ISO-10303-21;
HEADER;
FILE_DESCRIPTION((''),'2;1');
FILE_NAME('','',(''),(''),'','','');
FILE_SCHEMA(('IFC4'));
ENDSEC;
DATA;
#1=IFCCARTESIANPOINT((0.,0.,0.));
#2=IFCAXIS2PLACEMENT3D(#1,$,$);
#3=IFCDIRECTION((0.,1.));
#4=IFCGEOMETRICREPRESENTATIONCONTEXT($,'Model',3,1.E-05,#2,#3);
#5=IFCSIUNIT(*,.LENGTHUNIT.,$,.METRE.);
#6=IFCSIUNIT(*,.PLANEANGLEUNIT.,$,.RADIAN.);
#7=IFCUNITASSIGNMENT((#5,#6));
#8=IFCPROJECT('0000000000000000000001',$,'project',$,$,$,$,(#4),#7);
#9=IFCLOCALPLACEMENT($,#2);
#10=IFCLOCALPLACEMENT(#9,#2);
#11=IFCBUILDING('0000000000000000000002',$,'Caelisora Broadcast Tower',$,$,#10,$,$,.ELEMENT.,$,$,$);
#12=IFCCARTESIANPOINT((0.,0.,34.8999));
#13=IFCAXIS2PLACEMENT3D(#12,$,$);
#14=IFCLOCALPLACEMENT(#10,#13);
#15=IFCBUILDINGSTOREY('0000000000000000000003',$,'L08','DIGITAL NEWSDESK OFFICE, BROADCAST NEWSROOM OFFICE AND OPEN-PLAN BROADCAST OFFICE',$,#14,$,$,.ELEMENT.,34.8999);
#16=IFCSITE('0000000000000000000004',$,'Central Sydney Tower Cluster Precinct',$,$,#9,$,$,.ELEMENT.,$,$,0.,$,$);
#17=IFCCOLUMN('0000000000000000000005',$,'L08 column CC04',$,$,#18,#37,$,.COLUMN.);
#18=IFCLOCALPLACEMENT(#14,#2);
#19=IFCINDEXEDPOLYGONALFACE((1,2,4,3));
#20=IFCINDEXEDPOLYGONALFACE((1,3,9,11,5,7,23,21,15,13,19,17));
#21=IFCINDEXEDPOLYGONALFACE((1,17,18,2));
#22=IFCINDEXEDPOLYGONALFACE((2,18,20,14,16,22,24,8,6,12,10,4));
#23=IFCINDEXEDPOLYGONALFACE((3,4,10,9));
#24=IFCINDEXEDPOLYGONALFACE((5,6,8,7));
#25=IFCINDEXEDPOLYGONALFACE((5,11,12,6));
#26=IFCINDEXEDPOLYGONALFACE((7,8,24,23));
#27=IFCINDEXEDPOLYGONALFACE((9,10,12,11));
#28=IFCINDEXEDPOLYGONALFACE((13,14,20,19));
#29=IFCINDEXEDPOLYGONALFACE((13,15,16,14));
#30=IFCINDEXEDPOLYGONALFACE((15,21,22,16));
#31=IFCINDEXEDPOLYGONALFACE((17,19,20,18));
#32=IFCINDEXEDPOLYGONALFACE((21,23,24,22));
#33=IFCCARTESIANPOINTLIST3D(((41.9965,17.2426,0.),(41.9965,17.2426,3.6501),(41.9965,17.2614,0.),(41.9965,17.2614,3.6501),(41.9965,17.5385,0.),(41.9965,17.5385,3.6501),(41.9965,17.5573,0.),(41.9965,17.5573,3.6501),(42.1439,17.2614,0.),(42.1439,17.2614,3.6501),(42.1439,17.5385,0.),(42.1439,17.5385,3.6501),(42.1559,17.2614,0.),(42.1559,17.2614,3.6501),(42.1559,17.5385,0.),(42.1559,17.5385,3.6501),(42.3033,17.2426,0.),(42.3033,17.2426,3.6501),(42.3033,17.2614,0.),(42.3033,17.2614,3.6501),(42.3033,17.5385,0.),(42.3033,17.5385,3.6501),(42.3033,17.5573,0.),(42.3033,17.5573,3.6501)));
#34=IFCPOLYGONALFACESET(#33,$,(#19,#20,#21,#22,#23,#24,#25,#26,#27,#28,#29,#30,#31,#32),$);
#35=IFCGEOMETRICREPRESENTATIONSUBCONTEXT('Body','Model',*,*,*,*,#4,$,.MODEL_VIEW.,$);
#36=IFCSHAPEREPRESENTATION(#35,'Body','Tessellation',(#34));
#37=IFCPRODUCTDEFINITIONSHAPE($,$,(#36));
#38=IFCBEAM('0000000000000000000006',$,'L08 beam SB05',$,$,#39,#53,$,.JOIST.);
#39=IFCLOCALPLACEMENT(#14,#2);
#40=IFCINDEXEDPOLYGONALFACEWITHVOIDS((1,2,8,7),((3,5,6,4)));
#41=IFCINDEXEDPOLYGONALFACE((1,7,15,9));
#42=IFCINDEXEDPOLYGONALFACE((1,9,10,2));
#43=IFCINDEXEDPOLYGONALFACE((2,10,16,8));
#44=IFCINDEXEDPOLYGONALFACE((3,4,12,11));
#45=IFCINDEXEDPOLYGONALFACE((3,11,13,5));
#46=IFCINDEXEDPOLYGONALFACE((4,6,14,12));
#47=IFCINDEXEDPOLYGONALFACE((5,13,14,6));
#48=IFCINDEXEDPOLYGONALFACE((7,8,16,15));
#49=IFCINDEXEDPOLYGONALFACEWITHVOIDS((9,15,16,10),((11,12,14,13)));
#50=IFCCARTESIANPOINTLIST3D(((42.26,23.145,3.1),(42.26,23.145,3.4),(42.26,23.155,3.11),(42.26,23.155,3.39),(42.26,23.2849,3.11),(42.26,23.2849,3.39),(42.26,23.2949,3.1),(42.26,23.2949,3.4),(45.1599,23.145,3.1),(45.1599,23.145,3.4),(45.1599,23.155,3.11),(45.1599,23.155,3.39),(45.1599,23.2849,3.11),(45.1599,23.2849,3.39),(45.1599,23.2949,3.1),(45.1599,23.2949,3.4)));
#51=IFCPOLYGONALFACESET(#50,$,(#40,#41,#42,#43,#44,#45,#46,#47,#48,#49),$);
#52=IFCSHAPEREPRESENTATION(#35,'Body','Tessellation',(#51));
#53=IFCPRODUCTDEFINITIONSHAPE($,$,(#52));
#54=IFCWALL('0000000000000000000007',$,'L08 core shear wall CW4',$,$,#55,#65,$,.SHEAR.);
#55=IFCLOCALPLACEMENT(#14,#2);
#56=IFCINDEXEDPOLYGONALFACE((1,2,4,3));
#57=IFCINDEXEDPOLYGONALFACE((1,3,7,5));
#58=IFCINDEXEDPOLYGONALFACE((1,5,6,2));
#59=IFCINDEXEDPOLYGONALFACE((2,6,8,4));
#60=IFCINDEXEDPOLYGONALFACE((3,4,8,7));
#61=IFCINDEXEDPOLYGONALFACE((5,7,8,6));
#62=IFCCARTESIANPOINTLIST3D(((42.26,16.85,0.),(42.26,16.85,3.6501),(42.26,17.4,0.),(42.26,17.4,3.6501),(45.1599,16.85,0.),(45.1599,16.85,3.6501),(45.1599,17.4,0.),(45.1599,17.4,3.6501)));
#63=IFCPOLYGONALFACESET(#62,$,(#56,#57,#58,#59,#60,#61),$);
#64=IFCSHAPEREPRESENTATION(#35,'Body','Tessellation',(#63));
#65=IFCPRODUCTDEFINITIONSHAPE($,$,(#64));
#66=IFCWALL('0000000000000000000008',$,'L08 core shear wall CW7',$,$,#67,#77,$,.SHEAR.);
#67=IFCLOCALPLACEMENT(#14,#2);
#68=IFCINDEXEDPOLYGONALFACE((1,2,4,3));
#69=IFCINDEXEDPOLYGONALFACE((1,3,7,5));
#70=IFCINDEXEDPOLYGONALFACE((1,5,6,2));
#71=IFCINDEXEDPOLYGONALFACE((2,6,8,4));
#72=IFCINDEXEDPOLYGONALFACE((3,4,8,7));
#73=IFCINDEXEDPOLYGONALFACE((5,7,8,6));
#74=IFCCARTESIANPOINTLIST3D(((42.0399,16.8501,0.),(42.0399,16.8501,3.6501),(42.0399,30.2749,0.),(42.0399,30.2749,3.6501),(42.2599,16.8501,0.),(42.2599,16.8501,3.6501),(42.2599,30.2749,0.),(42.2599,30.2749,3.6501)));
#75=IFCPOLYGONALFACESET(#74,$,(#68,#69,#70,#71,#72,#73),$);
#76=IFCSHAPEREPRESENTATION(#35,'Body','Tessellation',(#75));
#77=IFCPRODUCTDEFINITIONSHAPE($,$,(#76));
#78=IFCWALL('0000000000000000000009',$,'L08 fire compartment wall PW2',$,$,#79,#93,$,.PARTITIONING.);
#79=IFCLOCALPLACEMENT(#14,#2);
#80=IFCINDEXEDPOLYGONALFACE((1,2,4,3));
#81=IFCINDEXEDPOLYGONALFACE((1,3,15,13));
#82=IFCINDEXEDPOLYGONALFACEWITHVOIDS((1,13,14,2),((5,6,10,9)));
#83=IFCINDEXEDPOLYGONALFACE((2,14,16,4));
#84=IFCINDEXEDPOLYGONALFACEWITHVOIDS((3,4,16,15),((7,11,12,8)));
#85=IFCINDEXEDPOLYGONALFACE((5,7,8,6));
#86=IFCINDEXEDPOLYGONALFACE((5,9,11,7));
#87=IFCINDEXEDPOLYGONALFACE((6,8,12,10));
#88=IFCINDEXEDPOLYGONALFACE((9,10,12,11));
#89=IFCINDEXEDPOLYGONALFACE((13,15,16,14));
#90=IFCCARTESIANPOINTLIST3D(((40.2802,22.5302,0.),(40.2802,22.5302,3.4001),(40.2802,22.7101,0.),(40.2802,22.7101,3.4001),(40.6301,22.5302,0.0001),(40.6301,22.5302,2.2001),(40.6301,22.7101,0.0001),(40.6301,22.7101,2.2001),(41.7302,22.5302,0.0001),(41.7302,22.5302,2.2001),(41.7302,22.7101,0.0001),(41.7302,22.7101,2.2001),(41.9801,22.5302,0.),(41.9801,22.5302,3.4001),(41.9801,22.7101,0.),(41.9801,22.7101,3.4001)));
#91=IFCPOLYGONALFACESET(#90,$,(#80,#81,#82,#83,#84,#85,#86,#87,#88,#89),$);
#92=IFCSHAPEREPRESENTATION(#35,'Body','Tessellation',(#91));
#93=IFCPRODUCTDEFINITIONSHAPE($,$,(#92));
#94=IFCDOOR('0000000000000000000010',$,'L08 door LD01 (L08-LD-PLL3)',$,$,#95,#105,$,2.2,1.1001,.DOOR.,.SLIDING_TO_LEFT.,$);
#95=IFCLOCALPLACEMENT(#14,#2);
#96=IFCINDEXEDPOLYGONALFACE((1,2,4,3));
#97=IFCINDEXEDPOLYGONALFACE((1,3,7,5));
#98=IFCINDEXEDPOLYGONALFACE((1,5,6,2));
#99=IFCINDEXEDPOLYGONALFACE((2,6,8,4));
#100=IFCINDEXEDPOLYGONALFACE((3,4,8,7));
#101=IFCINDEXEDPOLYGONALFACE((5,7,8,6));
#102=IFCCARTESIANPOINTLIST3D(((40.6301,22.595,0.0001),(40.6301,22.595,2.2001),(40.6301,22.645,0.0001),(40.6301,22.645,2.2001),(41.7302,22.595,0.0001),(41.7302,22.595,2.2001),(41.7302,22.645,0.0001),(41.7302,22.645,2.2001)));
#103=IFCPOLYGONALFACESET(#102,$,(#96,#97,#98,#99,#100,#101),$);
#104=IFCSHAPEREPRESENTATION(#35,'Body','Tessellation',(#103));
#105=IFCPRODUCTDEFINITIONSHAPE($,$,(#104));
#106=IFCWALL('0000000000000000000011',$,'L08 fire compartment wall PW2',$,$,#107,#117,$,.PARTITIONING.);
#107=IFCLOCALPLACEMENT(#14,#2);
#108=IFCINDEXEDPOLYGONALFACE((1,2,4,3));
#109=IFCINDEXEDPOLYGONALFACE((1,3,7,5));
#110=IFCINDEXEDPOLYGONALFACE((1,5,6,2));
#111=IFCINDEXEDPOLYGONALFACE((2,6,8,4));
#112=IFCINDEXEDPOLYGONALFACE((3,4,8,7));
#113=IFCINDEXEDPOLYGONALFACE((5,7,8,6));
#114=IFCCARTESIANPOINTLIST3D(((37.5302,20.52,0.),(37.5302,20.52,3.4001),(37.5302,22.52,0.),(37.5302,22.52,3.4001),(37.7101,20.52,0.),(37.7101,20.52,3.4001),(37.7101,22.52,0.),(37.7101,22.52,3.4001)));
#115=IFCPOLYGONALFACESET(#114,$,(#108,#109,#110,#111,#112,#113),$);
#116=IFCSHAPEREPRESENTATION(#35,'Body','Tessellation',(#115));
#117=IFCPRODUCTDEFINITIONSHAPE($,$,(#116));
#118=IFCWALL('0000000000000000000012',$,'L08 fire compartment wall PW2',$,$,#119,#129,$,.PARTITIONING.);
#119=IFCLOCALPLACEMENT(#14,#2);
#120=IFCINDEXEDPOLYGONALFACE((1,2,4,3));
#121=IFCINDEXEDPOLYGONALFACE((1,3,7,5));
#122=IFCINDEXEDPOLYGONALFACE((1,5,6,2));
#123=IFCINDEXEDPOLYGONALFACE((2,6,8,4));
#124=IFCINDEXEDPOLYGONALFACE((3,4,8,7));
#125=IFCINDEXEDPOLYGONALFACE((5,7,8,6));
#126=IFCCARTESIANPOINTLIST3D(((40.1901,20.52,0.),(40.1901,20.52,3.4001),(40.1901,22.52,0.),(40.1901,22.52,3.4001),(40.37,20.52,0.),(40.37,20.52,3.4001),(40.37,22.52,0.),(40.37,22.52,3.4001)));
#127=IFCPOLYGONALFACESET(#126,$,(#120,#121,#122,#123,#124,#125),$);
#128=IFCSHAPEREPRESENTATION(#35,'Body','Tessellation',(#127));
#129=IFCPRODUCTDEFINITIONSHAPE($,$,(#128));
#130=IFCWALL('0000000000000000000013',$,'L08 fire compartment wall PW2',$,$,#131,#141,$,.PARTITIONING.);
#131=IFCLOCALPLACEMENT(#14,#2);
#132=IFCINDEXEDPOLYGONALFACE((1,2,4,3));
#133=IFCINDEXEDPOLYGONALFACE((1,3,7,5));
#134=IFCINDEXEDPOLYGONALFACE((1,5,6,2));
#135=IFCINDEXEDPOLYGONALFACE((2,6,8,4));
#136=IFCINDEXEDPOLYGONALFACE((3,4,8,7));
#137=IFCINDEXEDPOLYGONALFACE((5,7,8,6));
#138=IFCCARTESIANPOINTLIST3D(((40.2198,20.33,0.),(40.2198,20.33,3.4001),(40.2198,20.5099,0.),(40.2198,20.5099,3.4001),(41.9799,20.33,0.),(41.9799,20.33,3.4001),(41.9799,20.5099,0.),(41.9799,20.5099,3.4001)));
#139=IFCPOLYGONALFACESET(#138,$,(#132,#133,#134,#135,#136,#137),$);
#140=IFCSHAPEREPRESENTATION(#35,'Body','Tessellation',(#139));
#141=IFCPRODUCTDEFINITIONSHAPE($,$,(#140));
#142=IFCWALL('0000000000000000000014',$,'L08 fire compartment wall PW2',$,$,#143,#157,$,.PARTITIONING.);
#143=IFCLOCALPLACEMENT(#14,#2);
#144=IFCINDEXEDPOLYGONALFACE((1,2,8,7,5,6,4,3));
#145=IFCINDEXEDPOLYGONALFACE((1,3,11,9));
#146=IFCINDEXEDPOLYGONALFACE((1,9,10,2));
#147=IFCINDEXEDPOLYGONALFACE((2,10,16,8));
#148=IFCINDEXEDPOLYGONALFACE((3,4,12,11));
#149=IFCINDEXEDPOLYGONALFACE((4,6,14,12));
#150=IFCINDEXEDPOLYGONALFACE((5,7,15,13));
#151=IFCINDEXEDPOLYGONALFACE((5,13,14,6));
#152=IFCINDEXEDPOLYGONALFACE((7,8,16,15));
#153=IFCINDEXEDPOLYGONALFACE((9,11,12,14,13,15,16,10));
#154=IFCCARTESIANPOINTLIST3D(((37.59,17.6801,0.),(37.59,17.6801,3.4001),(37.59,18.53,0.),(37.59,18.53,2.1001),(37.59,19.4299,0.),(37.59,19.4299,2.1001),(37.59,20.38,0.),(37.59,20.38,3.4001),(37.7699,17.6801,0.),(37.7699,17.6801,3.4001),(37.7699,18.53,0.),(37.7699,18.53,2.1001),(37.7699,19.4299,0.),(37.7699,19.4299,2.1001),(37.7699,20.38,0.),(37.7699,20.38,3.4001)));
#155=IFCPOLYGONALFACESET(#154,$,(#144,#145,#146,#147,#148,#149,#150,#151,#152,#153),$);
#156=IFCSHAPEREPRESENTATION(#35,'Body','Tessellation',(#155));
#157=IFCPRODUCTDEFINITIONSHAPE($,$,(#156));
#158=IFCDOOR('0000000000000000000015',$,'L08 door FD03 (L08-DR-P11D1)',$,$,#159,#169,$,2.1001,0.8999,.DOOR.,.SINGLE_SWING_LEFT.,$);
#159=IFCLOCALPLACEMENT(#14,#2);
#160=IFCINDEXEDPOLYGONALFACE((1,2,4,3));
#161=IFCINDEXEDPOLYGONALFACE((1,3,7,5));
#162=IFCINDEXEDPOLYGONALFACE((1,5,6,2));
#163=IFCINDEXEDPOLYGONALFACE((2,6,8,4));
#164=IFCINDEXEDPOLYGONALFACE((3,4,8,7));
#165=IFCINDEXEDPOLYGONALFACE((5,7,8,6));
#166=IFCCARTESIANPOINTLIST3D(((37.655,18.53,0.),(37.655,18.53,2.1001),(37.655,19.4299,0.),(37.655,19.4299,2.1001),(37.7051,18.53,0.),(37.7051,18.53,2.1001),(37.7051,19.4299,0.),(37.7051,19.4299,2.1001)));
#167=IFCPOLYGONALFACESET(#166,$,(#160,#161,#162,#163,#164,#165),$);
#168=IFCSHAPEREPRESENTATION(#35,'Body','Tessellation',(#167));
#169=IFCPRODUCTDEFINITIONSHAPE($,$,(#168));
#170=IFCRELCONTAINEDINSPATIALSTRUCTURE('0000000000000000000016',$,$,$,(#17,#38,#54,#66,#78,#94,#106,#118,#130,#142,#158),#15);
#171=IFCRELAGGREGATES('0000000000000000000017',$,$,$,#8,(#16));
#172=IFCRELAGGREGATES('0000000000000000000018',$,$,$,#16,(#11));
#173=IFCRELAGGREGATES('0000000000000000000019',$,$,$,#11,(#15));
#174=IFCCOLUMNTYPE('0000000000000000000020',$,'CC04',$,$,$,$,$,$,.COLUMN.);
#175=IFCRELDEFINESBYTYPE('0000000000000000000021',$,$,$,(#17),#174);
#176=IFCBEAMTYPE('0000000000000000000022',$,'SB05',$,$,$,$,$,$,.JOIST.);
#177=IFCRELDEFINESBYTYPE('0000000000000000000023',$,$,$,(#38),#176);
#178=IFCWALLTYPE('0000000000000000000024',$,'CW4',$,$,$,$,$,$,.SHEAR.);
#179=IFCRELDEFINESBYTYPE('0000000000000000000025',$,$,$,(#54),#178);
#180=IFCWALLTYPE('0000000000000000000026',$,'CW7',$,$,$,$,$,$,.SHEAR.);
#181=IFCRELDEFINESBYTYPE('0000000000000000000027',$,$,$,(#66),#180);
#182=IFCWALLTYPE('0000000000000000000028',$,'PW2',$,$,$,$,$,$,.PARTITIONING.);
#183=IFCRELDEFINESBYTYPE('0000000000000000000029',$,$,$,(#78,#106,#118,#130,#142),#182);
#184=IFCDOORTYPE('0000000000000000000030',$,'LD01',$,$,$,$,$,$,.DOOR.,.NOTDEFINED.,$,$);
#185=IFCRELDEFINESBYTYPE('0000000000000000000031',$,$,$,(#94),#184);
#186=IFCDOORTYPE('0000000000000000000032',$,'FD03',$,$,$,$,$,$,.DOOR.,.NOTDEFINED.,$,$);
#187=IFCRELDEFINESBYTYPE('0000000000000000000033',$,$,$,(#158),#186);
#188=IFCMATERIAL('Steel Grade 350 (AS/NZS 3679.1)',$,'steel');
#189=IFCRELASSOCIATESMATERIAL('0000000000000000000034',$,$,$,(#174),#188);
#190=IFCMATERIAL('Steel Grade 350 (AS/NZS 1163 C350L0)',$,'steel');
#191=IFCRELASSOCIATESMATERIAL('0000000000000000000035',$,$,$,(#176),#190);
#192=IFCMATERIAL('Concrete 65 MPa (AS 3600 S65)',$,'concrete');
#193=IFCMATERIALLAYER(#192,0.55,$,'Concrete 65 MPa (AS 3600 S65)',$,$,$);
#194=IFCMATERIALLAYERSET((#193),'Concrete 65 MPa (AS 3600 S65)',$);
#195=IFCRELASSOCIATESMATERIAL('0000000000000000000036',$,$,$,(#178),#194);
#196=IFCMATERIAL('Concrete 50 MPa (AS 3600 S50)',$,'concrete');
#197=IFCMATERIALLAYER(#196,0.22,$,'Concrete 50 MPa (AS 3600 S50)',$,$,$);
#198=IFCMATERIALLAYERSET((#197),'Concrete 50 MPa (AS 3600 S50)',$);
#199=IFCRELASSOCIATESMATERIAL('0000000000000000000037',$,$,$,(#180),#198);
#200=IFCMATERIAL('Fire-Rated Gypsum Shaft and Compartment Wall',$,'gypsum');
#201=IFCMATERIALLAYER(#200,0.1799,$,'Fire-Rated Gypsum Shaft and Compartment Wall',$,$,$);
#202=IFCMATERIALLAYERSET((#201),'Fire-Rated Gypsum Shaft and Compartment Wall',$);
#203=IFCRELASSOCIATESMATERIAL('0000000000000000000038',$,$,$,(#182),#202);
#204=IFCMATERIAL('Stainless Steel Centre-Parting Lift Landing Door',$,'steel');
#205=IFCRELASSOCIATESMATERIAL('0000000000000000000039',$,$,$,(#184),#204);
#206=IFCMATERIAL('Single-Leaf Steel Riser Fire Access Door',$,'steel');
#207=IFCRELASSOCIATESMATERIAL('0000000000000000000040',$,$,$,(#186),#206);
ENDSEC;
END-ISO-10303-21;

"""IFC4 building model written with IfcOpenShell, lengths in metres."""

from ifc_helpers import new_model, si_unit, direction, frame, frame_2d, origin, origin_2d, place, context, subcontext, project, spatial, rectangle, hollow_rectangle, i_section, extrude, source, transform, mapped, material, layer, layer_set, material_profile, profile_set, type_object, type_shapes, element, fill, save


model = new_model("IFC4")

# Units and contexts
model_context = context("Model", 3, precision=1e-05, world=origin(), true_north=direction((0.0, 1.0)))
body_context = subcontext(model_context, "Body", "Model", "MODEL_VIEW")
ifc_project = project(units=[si_unit("LENGTHUNIT", "METRE"), si_unit("PLANEANGLEUNIT", "RADIAN")], contexts=[model_context])

# Site, building, storey
site_placement = place(None, origin())
site = spatial("IfcSite", under=ifc_project, at=site_placement, Name="Central Sydney Tower Cluster Precinct", CompositionType="ELEMENT", RefElevation=0.0)
building_placement = place(site_placement, origin())
building = spatial("IfcBuilding", under=site, at=building_placement, Name="Caelisora Broadcast Tower", CompositionType="ELEMENT")
storey_placement = place(building_placement, frame((0.0, 0.0, 34.8999)))
storey = spatial("IfcBuildingStorey", under=building, at=storey_placement, Name="L08", Description="DIGITAL NEWSDESK OFFICE, BROADCAST NEWSROOM OFFICE AND OPEN-PLAN BROADCAST OFFICE", CompositionType="ELEMENT", Elevation=34.8999)

# Column
ifc_material_1 = material(Name="Steel Grade 350 (AS/NZS 3679.1)", Category="steel")
ifc_material_profile_1 = material_profile(ifc_material_1, i_section(OverallWidth=0.3069, OverallDepth=0.3147, WebThickness=0.012, FlangeThickness=0.0188, at=origin_2d()), Name="Steel Grade 350 (AS/NZS 3679.1)")
ifc_profile_set_1 = profile_set([ifc_material_profile_1], Name="Steel Grade 350 (AS/NZS 3679.1)")
column_type = type_object("IfcColumnType", Name="CC04", PredefinedType="COLUMN", material=ifc_profile_set_1)
shared_shape_1 = source(origin(), body_context, "Body", "SweptSolid", [
    extrude(i_section(OverallWidth=0.3069, OverallDepth=0.3147, WebThickness=0.012, FlangeThickness=0.0188, at=origin_2d()), origin(), (0.0, 0.0, 1.0), 3.6501),
])
type_shapes(column_type, [shared_shape_1])
column_placement = place(storey_placement, frame((42.1499, 17.3999, 0.0), z_axis=(0.0, 0.0, 1.0), x_axis=(1.0, 0.0, 0.0)))
element("IfcColumn", 1, at=column_placement, inside=storey, type_object=column_type, Name="L08 column CC04", PredefinedType="COLUMN", context=body_context, shape_type="MappedRepresentation", body=[
    mapped(shared_shape_1, transform((0.0, 0.0, 0.0), scale=1.0)),
])

# Beam
ifc_material_2 = material(Name="Steel Grade 350 (AS/NZS 1163 C350L0)", Category="steel")
ifc_material_profile_2 = material_profile(ifc_material_2, hollow_rectangle(XDim=0.1499, YDim=0.3, WallThickness=0.01, at=origin_2d()), Name="Steel Grade 350 (AS/NZS 1163 C350L0)")
ifc_profile_set_2 = profile_set([ifc_material_profile_2], Name="Steel Grade 350 (AS/NZS 1163 C350L0)")
beam_type = type_object("IfcBeamType", Name="SB05", PredefinedType="JOIST", material=ifc_profile_set_2)
shared_shape_2 = source(origin(), body_context, "Body", "SweptSolid", [
    extrude(hollow_rectangle(XDim=0.1499, YDim=0.3, WallThickness=0.01, at=origin_2d()), origin(), (0.0, 0.0, 1.0), 2.8999),
])
type_shapes(beam_type, [shared_shape_2])
beam_placement = place(storey_placement, frame((42.26, 23.22, 3.25), z_axis=(1.0, 0.0, 0.0), x_axis=(0.0, 1.0, 0.0)))
element("IfcBeam", 2, at=beam_placement, inside=storey, type_object=beam_type, Name="L08 beam SB05", PredefinedType="JOIST", context=body_context, shape_type="MappedRepresentation", body=[
    mapped(shared_shape_2, transform((0.0, 0.0, 0.0), scale=1.0)),
])

# Walls
ifc_material_3 = material(Name="Concrete 65 MPa (AS 3600 S65)", Category="concrete")
ifc_layer_1 = layer(ifc_material_3, 0.55, Name="Concrete 65 MPa (AS 3600 S65)")
ifc_layer_set_1 = layer_set([ifc_layer_1], Name="Concrete 65 MPa (AS 3600 S65)")
wall_type_1 = type_object("IfcWallType", Name="CW4", PredefinedType="SHEAR", material=ifc_layer_set_1)
wall_1_placement = place(storey_placement, frame((42.26, 17.125, 0.0), z_axis=(0.0, 0.0, 1.0), x_axis=(1.0, 0.0, 0.0)))
element("IfcWall", 3, at=wall_1_placement, inside=storey, type_object=wall_type_1, Name="L08 core shear wall CW4", PredefinedType="SHEAR", context=body_context, shape_type="SweptSolid", body=[
    extrude(rectangle(XDim=2.8999, YDim=0.55, at=frame_2d((1.45, 0.0))), origin(), (0.0, 0.0, 1.0), 3.6501),
])
ifc_material_4 = material(Name="Concrete 50 MPa (AS 3600 S50)", Category="concrete")
ifc_layer_2 = layer(ifc_material_4, 0.22, Name="Concrete 50 MPa (AS 3600 S50)")
ifc_layer_set_2 = layer_set([ifc_layer_2], Name="Concrete 50 MPa (AS 3600 S50)")
wall_type_2 = type_object("IfcWallType", Name="CW7", PredefinedType="SHEAR", material=ifc_layer_set_2)
wall_2_placement = place(storey_placement, frame((42.1499, 16.8501, 0.0), z_axis=(0.0, 0.0, 1.0), x_axis=(0.0, 1.0, 0.0)))
element("IfcWall", 4, at=wall_2_placement, inside=storey, type_object=wall_type_2, Name="L08 core shear wall CW7", PredefinedType="SHEAR", context=body_context, shape_type="SweptSolid", body=[
    extrude(rectangle(XDim=13.4248, YDim=0.22, at=frame_2d((6.7124, 0.0))), origin(), (0.0, 0.0, 1.0), 3.6501),
])

# Wall, opening, door
ifc_material_5 = material(Name="Fire-Rated Gypsum Shaft and Compartment Wall", Category="gypsum")
ifc_layer_3 = layer(ifc_material_5, 0.1799, Name="Fire-Rated Gypsum Shaft and Compartment Wall")
ifc_layer_set_3 = layer_set([ifc_layer_3], Name="Fire-Rated Gypsum Shaft and Compartment Wall")
wall_type_3 = type_object("IfcWallType", Name="PW2", PredefinedType="PARTITIONING", material=ifc_layer_set_3)
wall_3_placement = place(storey_placement, frame((40.28, 22.6201, 0.0), z_axis=(0.0, 0.0, 1.0), x_axis=(1.0, 0.0, 0.0)))
wall_3 = element("IfcWall", 5, at=wall_3_placement, inside=storey, type_object=wall_type_3, Name="L08 fire compartment wall PW2", PredefinedType="PARTITIONING", context=body_context, shape_type="SweptSolid", body=[
    extrude(rectangle(XDim=1.7, YDim=0.1799, at=frame_2d((0.8501, 0.0))), origin(), (0.0, 0.0, 1.0), 3.4001),
])
opening_1_placement = place(wall_3_placement, frame((0.3501, 0.0, 0.0)))
opening_1 = element("IfcOpeningElement", 6, at=opening_1_placement, cuts=wall_3, PredefinedType="OPENING", context=body_context, shape_type="SweptSolid", body=[
    extrude(rectangle(XDim=1.1001, YDim=2.2, at=frame_2d((0.55, 1.1001))), frame((0.0, 0.1021, 0.0), z_axis=(0.0, -1.0, 0.0), x_axis=(1.0, 0.0, 0.0)), (0.0, 0.0, 1.0), 0.2039),
])
ifc_material_6 = material(Name="Stainless Steel Centre-Parting Lift Landing Door", Category="steel")
door_type_1 = type_object("IfcDoorType", Name="LD01", OperationType="NOTDEFINED", PredefinedType="DOOR", material=ifc_material_6)
door_1_placement = place(opening_1_placement, origin())
door_1 = element("IfcDoor", 7, at=door_1_placement, inside=storey, type_object=door_type_1, Name="L08 door LD01 (L08-LD-PLL3)", OperationType="SLIDING_TO_LEFT", OverallHeight=2.2, OverallWidth=1.1001, PredefinedType="DOOR", context=body_context, shape_type="SweptSolid", body=[
    extrude(rectangle(XDim=1.1001, YDim=2.2, at=frame_2d((0.55, 1.1001))), frame((0.0, 0.0249, 0.0), z_axis=(0.0, -1.0, 0.0), x_axis=(1.0, 0.0, 0.0)), (0.0, 0.0, 1.0), 0.05),
])
fill(opening_1, door_1)

# Walls
for number, where, z_axis, x_axis, name in (
    (8, (37.6201, 20.52, 0.0), (0.0, 0.0, 1.0), (0.0, 1.0, 0.0), "L08 fire compartment wall PW2"),
    (9, (40.28, 20.52, 0.0), (0.0, 0.0, 1.0), (0.0, 1.0, 0.0), "L08 fire compartment wall PW2"),
):
    element("IfcWall", number, at=place(storey_placement, frame(where, z_axis=z_axis, x_axis=x_axis)), inside=storey, type_object=wall_type_3, Name=name, PredefinedType="PARTITIONING", context=body_context, shape_type="SweptSolid", body=[
        extrude(rectangle(XDim=2.0, YDim=0.1799, at=frame_2d((1.0, 0.0))), origin(), (0.0, 0.0, 1.0), 3.4001),
    ])
wall_4_placement = place(storey_placement, frame((40.22, 20.4199, 0.0), z_axis=(0.0, 0.0, 1.0), x_axis=(1.0, 0.0, 0.0)))
element("IfcWall", 10, at=wall_4_placement, inside=storey, type_object=wall_type_3, Name="L08 fire compartment wall PW2", PredefinedType="PARTITIONING", context=body_context, shape_type="SweptSolid", body=[
    extrude(rectangle(XDim=1.76, YDim=0.1799, at=frame_2d((0.8799, 0.0))), origin(), (0.0, 0.0, 1.0), 3.4001),
])

# Wall, opening, door
wall_5_placement = place(storey_placement, frame((37.6799, 17.6799, 0.0), z_axis=(0.0, 0.0, 1.0), x_axis=(0.0, 1.0, 0.0)))
wall_5 = element("IfcWall", 11, at=wall_5_placement, inside=storey, type_object=wall_type_3, Name="L08 fire compartment wall PW2", PredefinedType="PARTITIONING", context=body_context, shape_type="SweptSolid", body=[
    extrude(rectangle(XDim=2.7, YDim=0.1799, at=frame_2d((1.3501, 0.0))), origin(), (0.0, 0.0, 1.0), 3.4001),
])
opening_2_placement = place(wall_5_placement, frame((0.8501, 0.0, 0.0)))
opening_2 = element("IfcOpeningElement", 12, at=opening_2_placement, cuts=wall_5, PredefinedType="OPENING", context=body_context, shape_type="SweptSolid", body=[
    extrude(rectangle(XDim=0.8999, YDim=2.1001, at=frame_2d((0.45, 1.05))), frame((0.0, 0.1021, 0.0), z_axis=(0.0, -1.0, 0.0), x_axis=(1.0, 0.0, 0.0)), (0.0, 0.0, 1.0), 0.2039),
])
ifc_material_7 = material(Name="Single-Leaf Steel Riser Fire Access Door", Category="steel")
door_type_2 = type_object("IfcDoorType", Name="FD03", OperationType="NOTDEFINED", PredefinedType="DOOR", material=ifc_material_7)
door_2_placement = place(opening_2_placement, origin())
door_2 = element("IfcDoor", 13, at=door_2_placement, inside=storey, type_object=door_type_2, Name="L08 door FD03 (L08-DR-P11D1)", OperationType="SINGLE_SWING_LEFT", OverallHeight=2.1001, OverallWidth=0.8999, PredefinedType="DOOR", context=body_context, shape_type="SweptSolid", body=[
    extrude(rectangle(XDim=0.8999, YDim=2.1001, at=frame_2d((0.45, 1.05))), frame((0.0, 0.0249, 0.0), z_axis=(0.0, -1.0, 0.0), x_axis=(1.0, 0.0, 0.0)), (0.0, 0.0, 1.0), 0.05),
])
fill(opening_2, door_2)

save(model, "model.ifc")
